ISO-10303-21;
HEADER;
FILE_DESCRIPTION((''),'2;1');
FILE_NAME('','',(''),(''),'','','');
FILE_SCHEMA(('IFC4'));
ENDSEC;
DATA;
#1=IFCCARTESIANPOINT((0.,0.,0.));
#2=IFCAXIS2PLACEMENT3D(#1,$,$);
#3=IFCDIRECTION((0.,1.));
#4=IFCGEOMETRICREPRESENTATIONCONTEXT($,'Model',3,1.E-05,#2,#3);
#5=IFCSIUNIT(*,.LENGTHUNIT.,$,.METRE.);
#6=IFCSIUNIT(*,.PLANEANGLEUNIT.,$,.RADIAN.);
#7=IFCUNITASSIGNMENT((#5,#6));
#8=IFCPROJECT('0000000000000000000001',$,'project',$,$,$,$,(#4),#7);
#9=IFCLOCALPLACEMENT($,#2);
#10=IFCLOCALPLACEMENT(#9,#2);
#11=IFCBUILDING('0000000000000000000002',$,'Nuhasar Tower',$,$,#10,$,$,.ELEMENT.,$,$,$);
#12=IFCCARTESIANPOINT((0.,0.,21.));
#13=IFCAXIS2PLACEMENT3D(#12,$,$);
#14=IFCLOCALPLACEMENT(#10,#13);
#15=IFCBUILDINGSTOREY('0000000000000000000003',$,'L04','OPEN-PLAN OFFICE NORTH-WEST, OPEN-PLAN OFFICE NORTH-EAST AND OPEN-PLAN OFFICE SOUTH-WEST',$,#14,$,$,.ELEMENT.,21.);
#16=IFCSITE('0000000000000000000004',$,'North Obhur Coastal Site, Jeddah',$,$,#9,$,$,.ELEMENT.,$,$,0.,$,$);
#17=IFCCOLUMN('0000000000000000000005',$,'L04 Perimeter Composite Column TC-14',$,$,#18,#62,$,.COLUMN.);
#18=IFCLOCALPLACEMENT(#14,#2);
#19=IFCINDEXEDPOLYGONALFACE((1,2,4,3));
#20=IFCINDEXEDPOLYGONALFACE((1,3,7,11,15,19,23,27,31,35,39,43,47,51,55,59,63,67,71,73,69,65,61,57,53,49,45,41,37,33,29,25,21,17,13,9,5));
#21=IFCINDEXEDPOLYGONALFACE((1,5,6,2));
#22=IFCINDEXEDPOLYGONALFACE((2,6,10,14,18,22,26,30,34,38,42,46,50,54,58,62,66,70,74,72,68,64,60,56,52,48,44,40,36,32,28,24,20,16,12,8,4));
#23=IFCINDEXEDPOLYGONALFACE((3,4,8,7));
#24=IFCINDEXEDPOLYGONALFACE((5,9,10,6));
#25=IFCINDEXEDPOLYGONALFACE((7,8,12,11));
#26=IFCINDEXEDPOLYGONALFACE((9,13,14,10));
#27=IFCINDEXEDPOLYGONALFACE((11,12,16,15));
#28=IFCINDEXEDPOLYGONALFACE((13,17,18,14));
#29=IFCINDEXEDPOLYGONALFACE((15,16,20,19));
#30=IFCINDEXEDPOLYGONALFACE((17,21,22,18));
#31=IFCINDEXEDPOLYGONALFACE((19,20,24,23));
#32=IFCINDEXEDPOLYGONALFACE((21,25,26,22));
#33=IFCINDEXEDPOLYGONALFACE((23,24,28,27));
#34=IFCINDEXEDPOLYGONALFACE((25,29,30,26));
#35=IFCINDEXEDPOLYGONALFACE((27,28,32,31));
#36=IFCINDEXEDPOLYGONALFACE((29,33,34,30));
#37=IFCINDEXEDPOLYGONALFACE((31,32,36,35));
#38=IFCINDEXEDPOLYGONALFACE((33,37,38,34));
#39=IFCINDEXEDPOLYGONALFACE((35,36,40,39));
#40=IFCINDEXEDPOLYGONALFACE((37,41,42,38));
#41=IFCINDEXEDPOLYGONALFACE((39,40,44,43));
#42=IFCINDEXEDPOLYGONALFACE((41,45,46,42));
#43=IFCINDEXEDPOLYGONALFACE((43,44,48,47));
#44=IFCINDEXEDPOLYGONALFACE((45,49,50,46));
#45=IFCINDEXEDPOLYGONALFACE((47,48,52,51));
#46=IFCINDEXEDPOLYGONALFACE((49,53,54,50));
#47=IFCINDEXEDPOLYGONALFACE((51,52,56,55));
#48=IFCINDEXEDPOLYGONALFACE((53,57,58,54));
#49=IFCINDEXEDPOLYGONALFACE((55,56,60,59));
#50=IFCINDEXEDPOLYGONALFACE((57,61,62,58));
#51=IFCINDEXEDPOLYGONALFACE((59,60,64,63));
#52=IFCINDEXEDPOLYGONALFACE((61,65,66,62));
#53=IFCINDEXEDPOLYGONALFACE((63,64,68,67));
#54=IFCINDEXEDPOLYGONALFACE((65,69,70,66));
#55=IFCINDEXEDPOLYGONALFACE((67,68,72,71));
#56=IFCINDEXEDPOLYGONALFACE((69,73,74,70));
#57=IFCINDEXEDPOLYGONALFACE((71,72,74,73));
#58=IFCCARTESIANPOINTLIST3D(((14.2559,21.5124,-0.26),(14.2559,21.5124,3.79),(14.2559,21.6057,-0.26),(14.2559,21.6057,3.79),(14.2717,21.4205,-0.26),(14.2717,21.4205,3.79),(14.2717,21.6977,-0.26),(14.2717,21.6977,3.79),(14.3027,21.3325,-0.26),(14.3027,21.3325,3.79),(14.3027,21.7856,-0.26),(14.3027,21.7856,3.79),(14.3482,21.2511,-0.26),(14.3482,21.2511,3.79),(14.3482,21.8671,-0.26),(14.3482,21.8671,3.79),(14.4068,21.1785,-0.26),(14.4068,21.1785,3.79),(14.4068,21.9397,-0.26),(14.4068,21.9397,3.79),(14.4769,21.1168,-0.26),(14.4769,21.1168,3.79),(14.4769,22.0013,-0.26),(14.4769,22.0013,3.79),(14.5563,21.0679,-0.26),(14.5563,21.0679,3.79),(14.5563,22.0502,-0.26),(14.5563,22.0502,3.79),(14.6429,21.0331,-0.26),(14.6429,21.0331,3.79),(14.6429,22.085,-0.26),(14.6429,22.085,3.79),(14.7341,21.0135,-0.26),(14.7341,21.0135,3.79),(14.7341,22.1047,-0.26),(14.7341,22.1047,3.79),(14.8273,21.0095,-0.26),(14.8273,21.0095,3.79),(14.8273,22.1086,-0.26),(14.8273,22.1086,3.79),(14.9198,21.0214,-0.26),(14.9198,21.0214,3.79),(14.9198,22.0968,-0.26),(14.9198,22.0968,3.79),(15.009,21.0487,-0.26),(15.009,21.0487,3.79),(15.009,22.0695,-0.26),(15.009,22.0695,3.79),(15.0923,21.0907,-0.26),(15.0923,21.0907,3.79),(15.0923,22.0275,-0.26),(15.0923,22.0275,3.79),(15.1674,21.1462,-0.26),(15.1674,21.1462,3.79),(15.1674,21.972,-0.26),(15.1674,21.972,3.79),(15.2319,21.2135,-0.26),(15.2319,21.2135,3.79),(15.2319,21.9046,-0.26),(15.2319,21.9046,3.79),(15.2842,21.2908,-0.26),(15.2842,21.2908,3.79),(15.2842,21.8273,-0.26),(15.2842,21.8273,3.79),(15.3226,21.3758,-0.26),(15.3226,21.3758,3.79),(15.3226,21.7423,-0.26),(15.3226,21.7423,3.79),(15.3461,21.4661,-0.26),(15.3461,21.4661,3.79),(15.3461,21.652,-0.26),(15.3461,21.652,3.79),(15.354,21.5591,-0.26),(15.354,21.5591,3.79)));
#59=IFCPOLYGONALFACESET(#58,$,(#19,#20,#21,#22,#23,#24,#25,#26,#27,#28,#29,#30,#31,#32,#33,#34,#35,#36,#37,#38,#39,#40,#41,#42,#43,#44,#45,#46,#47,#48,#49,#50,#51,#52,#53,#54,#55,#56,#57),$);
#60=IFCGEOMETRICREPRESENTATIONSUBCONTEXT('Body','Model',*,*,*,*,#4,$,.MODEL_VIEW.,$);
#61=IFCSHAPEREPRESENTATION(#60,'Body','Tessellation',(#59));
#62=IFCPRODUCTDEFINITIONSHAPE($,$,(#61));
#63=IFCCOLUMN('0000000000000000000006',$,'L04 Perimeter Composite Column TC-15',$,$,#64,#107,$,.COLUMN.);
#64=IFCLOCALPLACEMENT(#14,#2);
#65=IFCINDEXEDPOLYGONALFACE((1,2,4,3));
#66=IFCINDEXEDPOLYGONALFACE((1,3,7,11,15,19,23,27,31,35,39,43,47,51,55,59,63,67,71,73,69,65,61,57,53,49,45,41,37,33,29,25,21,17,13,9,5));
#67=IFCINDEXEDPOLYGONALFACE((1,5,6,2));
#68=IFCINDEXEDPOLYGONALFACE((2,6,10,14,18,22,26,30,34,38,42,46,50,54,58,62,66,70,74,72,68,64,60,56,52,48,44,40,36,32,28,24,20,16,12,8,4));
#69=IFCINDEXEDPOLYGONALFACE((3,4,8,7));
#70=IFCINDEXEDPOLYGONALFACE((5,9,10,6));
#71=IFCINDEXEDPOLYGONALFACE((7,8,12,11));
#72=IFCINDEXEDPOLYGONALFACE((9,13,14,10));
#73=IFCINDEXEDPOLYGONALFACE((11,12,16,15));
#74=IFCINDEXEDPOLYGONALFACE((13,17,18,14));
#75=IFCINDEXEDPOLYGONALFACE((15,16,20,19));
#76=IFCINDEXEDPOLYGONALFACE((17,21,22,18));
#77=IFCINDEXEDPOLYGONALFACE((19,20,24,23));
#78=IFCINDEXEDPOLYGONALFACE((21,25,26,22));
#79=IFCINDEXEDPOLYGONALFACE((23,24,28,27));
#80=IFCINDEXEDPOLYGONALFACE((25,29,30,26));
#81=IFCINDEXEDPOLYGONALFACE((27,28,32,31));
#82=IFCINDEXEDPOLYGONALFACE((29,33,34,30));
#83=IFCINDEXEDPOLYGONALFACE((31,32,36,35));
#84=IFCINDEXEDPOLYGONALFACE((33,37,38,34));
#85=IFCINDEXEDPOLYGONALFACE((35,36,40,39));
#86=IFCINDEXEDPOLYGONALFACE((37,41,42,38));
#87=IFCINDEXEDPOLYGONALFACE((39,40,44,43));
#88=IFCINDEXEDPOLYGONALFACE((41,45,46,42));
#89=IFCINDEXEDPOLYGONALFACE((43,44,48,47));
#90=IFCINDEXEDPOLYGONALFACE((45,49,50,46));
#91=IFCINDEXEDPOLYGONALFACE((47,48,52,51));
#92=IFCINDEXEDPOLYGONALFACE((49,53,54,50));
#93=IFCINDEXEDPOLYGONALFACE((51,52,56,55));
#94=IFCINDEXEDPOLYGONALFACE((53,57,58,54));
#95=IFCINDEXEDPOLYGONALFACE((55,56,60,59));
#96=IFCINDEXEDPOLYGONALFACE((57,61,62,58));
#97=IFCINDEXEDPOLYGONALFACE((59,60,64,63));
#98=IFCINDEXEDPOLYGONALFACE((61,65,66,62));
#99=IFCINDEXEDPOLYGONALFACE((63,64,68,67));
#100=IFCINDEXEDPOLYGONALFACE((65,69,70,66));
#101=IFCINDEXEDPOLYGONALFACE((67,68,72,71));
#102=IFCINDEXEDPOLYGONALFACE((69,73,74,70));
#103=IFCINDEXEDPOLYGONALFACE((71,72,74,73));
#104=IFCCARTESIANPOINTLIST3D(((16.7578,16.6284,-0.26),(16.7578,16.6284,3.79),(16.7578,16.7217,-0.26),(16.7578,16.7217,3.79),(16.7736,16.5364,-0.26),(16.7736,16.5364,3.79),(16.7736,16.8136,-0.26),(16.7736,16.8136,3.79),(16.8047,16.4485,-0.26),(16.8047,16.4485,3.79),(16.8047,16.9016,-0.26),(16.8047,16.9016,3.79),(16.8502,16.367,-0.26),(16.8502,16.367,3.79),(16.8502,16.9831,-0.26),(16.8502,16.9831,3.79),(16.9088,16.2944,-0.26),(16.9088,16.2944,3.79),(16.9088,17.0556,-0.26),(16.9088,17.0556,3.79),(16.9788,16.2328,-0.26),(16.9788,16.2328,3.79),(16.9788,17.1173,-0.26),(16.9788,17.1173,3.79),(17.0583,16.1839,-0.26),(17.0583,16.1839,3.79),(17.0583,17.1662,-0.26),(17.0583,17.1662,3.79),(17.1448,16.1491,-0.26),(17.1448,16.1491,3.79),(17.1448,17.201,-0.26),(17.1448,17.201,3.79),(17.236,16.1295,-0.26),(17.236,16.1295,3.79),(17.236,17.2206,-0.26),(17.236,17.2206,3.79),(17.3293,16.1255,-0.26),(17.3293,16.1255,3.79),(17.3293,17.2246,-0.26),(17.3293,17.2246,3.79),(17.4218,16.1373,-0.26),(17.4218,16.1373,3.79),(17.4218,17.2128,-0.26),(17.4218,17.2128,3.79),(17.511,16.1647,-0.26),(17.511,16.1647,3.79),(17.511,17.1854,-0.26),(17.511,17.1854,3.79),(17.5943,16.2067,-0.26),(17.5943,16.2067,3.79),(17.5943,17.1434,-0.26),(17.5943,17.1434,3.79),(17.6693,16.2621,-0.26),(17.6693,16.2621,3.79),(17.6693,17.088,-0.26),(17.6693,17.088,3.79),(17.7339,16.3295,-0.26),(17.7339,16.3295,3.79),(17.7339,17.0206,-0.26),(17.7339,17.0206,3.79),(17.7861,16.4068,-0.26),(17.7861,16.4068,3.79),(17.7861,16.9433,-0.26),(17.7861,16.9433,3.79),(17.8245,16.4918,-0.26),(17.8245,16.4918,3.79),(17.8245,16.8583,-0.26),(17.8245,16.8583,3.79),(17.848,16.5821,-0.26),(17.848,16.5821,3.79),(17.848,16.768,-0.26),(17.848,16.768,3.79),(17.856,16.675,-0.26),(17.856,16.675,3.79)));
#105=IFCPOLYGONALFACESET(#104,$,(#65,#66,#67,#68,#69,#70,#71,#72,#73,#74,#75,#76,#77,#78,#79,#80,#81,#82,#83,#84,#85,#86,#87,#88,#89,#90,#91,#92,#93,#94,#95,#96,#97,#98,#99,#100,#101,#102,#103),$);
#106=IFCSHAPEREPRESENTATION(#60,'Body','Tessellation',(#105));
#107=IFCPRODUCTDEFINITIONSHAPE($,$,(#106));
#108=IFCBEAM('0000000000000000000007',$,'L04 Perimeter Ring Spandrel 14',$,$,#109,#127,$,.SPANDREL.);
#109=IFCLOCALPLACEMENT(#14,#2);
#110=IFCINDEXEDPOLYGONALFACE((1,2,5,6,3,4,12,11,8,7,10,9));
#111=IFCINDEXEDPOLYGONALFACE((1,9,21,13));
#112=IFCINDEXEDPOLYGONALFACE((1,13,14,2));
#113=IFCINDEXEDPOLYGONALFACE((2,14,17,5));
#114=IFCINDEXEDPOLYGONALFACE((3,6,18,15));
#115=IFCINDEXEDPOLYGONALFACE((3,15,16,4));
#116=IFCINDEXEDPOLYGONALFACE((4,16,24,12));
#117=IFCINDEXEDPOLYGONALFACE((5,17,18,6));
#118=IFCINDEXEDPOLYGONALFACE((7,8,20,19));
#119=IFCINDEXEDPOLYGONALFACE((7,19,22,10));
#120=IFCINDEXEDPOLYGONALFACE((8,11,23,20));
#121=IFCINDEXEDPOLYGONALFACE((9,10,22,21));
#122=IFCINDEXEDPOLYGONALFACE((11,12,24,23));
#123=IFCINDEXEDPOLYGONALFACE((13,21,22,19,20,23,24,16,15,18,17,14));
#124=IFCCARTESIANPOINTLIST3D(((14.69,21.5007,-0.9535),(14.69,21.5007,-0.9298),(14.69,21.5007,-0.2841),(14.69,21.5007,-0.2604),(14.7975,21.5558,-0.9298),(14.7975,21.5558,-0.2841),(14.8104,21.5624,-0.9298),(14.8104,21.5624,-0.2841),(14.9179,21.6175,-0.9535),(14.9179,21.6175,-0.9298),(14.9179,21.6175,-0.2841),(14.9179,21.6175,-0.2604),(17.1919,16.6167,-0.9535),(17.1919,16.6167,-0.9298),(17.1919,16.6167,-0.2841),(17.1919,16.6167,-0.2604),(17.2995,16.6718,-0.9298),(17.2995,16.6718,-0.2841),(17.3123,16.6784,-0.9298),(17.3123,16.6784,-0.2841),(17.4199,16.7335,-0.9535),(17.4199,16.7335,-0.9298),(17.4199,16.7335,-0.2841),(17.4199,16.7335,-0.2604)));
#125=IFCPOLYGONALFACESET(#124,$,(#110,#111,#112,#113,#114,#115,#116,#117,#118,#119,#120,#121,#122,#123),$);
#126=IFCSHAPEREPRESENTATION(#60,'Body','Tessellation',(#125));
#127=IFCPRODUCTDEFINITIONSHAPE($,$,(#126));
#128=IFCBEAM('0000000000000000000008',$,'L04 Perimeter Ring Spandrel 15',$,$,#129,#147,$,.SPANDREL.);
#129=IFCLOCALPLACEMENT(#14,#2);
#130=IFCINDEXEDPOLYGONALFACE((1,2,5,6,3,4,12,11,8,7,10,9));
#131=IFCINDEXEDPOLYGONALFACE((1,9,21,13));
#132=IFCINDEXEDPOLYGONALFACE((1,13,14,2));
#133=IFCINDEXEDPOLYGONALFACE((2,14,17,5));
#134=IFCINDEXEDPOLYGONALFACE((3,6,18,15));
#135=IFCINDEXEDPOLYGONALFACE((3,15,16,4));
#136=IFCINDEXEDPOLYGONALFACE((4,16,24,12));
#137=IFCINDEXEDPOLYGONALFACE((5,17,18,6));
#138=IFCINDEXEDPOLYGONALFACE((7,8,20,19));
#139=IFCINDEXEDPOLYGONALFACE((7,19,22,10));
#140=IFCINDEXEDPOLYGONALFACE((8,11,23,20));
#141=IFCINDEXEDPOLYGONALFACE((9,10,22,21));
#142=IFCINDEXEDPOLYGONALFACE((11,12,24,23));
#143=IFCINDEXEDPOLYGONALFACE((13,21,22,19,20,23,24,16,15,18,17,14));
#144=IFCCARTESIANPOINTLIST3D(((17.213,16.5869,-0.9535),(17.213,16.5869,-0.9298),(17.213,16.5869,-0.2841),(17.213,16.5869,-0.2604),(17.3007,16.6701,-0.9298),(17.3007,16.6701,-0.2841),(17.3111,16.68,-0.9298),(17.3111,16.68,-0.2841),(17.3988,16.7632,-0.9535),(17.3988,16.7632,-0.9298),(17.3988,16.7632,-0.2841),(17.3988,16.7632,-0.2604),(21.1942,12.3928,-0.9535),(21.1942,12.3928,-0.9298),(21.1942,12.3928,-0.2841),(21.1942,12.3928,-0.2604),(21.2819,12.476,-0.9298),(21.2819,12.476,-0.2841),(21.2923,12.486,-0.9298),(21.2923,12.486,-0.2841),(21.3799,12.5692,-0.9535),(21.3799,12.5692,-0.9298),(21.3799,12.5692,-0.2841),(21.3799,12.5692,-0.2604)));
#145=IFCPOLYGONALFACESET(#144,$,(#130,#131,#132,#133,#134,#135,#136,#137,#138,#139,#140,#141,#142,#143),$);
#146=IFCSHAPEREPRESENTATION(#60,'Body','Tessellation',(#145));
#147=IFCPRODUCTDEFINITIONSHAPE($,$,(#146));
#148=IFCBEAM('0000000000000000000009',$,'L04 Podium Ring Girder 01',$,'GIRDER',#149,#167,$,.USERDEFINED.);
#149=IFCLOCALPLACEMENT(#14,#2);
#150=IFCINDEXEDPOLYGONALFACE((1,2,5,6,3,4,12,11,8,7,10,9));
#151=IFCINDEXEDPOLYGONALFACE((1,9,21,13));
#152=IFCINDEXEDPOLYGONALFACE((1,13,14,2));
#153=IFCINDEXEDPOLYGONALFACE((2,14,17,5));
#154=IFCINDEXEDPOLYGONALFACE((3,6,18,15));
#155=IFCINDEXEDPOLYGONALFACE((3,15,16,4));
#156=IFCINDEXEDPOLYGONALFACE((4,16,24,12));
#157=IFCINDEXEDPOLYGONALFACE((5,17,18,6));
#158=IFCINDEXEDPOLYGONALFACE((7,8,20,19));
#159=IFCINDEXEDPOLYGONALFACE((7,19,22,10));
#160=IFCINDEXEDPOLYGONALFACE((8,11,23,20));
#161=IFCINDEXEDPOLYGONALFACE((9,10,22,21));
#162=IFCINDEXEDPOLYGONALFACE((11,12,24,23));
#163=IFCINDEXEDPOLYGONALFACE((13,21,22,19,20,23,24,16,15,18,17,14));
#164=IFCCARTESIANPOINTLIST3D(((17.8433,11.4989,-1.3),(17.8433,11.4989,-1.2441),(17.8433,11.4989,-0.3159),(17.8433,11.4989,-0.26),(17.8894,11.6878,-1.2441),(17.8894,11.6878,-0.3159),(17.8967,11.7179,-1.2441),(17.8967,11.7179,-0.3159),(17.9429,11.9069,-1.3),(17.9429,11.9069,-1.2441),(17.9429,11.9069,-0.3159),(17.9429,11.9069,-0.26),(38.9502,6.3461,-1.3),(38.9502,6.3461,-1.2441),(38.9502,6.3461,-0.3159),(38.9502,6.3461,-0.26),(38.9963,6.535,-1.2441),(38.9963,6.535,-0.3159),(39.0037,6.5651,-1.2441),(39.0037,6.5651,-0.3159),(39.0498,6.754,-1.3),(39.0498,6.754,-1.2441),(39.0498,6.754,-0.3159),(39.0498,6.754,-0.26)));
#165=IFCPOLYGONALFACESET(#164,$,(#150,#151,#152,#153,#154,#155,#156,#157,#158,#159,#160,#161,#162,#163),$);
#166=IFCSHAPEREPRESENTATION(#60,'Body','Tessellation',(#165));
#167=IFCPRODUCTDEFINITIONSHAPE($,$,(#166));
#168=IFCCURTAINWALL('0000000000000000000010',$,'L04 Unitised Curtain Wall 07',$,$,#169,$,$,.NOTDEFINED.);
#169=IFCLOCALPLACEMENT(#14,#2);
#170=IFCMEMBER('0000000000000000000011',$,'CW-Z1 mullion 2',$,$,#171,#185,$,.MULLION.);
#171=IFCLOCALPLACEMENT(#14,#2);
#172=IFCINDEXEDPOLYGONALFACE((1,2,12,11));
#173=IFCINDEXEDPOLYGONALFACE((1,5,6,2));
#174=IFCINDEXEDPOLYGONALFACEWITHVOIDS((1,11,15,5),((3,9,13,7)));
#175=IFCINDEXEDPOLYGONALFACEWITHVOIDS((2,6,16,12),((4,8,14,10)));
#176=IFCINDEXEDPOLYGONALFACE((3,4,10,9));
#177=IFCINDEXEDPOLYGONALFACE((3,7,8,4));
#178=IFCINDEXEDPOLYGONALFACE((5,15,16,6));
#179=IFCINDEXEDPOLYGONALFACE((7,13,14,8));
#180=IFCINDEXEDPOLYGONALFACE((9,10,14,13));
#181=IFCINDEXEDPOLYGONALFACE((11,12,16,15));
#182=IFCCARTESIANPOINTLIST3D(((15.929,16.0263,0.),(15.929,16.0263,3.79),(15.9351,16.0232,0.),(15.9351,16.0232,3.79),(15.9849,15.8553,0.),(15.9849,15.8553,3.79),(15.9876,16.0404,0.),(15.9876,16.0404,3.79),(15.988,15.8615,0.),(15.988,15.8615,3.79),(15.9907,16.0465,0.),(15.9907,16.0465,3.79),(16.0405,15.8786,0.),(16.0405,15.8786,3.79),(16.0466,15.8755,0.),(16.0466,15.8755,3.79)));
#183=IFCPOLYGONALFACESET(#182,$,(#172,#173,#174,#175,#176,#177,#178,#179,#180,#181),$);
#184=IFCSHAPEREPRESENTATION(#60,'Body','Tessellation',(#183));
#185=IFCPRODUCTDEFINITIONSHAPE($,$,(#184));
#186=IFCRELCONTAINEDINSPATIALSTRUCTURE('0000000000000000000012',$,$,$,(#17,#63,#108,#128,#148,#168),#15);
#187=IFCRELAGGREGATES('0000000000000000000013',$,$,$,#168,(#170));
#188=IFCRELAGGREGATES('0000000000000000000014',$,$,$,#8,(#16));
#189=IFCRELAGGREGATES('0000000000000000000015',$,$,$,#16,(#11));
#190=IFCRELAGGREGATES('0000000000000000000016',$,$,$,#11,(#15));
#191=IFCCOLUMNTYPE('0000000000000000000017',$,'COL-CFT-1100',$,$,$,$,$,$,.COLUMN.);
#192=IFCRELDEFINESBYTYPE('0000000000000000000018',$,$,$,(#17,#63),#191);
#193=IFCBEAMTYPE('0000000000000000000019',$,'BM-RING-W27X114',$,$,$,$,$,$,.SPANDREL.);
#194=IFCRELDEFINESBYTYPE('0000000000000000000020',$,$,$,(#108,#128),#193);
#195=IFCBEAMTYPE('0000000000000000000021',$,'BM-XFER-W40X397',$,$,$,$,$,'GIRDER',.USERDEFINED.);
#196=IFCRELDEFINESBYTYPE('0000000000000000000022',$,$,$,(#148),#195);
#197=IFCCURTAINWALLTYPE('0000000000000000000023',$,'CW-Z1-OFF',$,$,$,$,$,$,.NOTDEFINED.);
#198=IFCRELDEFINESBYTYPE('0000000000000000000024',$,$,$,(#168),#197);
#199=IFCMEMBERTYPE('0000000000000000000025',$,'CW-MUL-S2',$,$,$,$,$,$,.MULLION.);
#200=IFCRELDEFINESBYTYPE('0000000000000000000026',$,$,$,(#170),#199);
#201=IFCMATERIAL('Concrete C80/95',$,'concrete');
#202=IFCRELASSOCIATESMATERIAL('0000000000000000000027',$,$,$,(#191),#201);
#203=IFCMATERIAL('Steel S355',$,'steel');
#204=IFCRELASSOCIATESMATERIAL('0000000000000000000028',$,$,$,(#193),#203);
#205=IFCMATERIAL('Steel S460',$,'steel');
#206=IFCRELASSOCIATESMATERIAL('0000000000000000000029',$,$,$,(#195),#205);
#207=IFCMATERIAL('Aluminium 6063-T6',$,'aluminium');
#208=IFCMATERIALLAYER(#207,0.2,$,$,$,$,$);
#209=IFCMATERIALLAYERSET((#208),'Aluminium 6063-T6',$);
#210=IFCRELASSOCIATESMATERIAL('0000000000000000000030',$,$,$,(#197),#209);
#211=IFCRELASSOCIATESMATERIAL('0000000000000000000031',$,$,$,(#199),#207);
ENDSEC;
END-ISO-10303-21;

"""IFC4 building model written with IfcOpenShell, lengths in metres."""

from ifc_helpers import new_model, si_unit, direction, frame, origin, origin_2d, place, context, subcontext, project, spatial, hollow_rectangle, circle, i_section, extrude, material, layer, layer_set, material_profile, profile_set, type_object, element, aggregate, save


model = new_model("IFC4")

# Units and contexts
model_context = context("Model", 3, precision=1e-05, world=origin(), true_north=direction((0.0, 1.0)))
body_context = subcontext(model_context, "Body", "Model", "MODEL_VIEW")
ifc_project = project(units=[si_unit("LENGTHUNIT", "METRE"), si_unit("PLANEANGLEUNIT", "RADIAN")], contexts=[model_context])

# Site, building, storey
site_placement = place(None, origin())
site = spatial("IfcSite", under=ifc_project, at=site_placement, Name="North Obhur Coastal Site, Jeddah", CompositionType="ELEMENT", RefElevation=0.0)
building_placement = place(site_placement, origin())
building = spatial("IfcBuilding", under=site, at=building_placement, Name="Nuhasar Tower", CompositionType="ELEMENT")
storey_placement = place(building_placement, frame((0.0, 0.0, 21.0)))
storey = spatial("IfcBuildingStorey", under=building, at=storey_placement, Name="L04", Description="OPEN-PLAN OFFICE NORTH-WEST, OPEN-PLAN OFFICE NORTH-EAST AND OPEN-PLAN OFFICE SOUTH-WEST", CompositionType="ELEMENT", Elevation=21.0)

# Columns
ifc_material_1 = material(Name="Concrete C80/95", Category="concrete")
ifc_material_profile_1 = material_profile(ifc_material_1, circle(Radius=0.55, at=origin_2d()), Name="CFT1100")
ifc_profile_set_1 = profile_set([ifc_material_profile_1], Name="Concrete C80/95")
column_type = type_object("IfcColumnType", Name="COL-CFT-1100", PredefinedType="COLUMN", material=ifc_profile_set_1)
for number, where, z_axis, x_axis, name in (
    (1, (14.804, 21.5591, -0.26), (0.0, 0.0, 1.0), (1.0, 0.0, 0.0), "L04 Perimeter Composite Column TC-14"),
    (2, (17.3059, 16.675, -0.26), (0.0, 0.0, 1.0), (1.0, 0.0, 0.0), "L04 Perimeter Composite Column TC-15"),
):
    element("IfcColumn", number, at=place(storey_placement, frame(where, z_axis=z_axis, x_axis=x_axis)), inside=storey, type_object=column_type, Name=name, PredefinedType="COLUMN", context=body_context, shape_type="SweptSolid", body=[
        extrude(circle(Radius=0.55, at=origin_2d()), origin(), (0.0, 0.0, 1.0), 4.05),
    ])

# Beams
ifc_material_2 = material(Name="Steel S355", Category="steel")
ifc_material_profile_2 = material_profile(ifc_material_2, i_section(OverallWidth=0.2561, OverallDepth=0.6931, WebThickness=0.0144, FlangeThickness=0.0237, at=origin_2d()), Name="W27X114")
ifc_profile_set_2 = profile_set([ifc_material_profile_2], Name="Steel S355")
beam_type_1 = type_object("IfcBeamType", Name="BM-RING-W27X114", PredefinedType="SPANDREL", material=ifc_profile_set_2)
beam_1_placement = place(storey_placement, frame((14.804, 21.5591, -0.6069), z_axis=(0.45593, -0.890016, 0.0), x_axis=(0.890016, 0.45593, 0.0)))
element("IfcBeam", 3, at=beam_1_placement, inside=storey, type_object=beam_type_1, Name="L04 Perimeter Ring Spandrel 14", PredefinedType="SPANDREL", context=body_context, shape_type="SweptSolid", body=[
    extrude(i_section(OverallWidth=0.2561, OverallDepth=0.6931, WebThickness=0.0144, FlangeThickness=0.0237, at=origin_2d()), origin(), (0.0, 0.0, 1.0), 5.4875),
])
beam_2_placement = place(storey_placement, frame((17.3059, 16.675, -0.6069), z_axis=(0.68846, -0.725274, 0.0), x_axis=(0.725274, 0.68846, 0.0)))
element("IfcBeam", 4, at=beam_2_placement, inside=storey, type_object=beam_type_1, Name="L04 Perimeter Ring Spandrel 15", PredefinedType="SPANDREL", context=body_context, shape_type="SweptSolid", body=[
    extrude(i_section(OverallWidth=0.2561, OverallDepth=0.6931, WebThickness=0.0144, FlangeThickness=0.0237, at=origin_2d()), origin(), (0.0, 0.0, 1.0), 5.7827),
])
ifc_material_3 = material(Name="Steel S460", Category="steel")
ifc_material_profile_3 = material_profile(ifc_material_3, i_section(OverallWidth=0.4199, OverallDepth=1.04, WebThickness=0.031, FlangeThickness=0.0559, at=origin_2d()), Name="W40X397")
ifc_profile_set_3 = profile_set([ifc_material_profile_3], Name="Steel S460")
beam_type_2 = type_object("IfcBeamType", Name="BM-XFER-W40X397", ElementType="GIRDER", PredefinedType="USERDEFINED", material=ifc_profile_set_3)
beam_3_placement = place(storey_placement, frame((17.8931, 11.7029, -0.78), z_axis=(0.971469, -0.237165, 0.0), x_axis=(0.237165, 0.971469, 0.0)))
element("IfcBeam", 5, at=beam_3_placement, inside=storey, type_object=beam_type_2, Name="L04 Podium Ring Girder 01", ObjectType="GIRDER", PredefinedType="USERDEFINED", context=body_context, shape_type="SweptSolid", body=[
    extrude(i_section(OverallWidth=0.4199, OverallDepth=1.04, WebThickness=0.031, FlangeThickness=0.0559, at=origin_2d()), origin(), (0.0, 0.0, 1.0), 21.7268),
])

# Curtain wall, member
ifc_material_4 = material(Name="Aluminium 6063-T6", Category="aluminium")
ifc_layer_1 = layer(ifc_material_4, 0.2)
ifc_layer_set_1 = layer_set([ifc_layer_1], Name="Aluminium 6063-T6")
curtain_wall_type = type_object("IfcCurtainWallType", Name="CW-Z1-OFF", PredefinedType="NOTDEFINED", material=ifc_layer_set_1)
curtain_wall_1_placement = place(storey_placement, origin())
curtain_wall_1 = element("IfcCurtainWall", 6, at=curtain_wall_1_placement, inside=storey, type_object=curtain_wall_type, Name="L04 Unitised Curtain Wall 07", PredefinedType="NOTDEFINED")
ifc_material_profile_4 = material_profile(ifc_material_4, hollow_rectangle(XDim=0.0649, YDim=0.1799, WallThickness=0.0049, at=origin_2d()), Name="CWM-2")
ifc_profile_set_4 = profile_set([ifc_material_profile_4], Name="Aluminium 6063-T6")
member_type_1 = type_object("IfcMemberType", Name="CW-MUL-S2", PredefinedType="MULLION", material=ifc_profile_set_4)
member_1_placement = place(storey_placement, frame((15.9878, 15.9509, 0.0), z_axis=(0.0, 0.0, 1.0), x_axis=(0.950468, 0.310824, 0.0)))
member_1 = element("IfcMember", 7, at=member_1_placement, type_object=member_type_1, Name="CW-Z1 mullion 2", PredefinedType="MULLION", context=body_context, shape_type="SweptSolid", body=[
    extrude(hollow_rectangle(XDim=0.0649, YDim=0.1799, WallThickness=0.0049, at=origin_2d()), origin(), (0.0, 0.0, 1.0), 3.79),
])

aggregate(curtain_wall_1, [member_1])

save(model, "model.ifc")
